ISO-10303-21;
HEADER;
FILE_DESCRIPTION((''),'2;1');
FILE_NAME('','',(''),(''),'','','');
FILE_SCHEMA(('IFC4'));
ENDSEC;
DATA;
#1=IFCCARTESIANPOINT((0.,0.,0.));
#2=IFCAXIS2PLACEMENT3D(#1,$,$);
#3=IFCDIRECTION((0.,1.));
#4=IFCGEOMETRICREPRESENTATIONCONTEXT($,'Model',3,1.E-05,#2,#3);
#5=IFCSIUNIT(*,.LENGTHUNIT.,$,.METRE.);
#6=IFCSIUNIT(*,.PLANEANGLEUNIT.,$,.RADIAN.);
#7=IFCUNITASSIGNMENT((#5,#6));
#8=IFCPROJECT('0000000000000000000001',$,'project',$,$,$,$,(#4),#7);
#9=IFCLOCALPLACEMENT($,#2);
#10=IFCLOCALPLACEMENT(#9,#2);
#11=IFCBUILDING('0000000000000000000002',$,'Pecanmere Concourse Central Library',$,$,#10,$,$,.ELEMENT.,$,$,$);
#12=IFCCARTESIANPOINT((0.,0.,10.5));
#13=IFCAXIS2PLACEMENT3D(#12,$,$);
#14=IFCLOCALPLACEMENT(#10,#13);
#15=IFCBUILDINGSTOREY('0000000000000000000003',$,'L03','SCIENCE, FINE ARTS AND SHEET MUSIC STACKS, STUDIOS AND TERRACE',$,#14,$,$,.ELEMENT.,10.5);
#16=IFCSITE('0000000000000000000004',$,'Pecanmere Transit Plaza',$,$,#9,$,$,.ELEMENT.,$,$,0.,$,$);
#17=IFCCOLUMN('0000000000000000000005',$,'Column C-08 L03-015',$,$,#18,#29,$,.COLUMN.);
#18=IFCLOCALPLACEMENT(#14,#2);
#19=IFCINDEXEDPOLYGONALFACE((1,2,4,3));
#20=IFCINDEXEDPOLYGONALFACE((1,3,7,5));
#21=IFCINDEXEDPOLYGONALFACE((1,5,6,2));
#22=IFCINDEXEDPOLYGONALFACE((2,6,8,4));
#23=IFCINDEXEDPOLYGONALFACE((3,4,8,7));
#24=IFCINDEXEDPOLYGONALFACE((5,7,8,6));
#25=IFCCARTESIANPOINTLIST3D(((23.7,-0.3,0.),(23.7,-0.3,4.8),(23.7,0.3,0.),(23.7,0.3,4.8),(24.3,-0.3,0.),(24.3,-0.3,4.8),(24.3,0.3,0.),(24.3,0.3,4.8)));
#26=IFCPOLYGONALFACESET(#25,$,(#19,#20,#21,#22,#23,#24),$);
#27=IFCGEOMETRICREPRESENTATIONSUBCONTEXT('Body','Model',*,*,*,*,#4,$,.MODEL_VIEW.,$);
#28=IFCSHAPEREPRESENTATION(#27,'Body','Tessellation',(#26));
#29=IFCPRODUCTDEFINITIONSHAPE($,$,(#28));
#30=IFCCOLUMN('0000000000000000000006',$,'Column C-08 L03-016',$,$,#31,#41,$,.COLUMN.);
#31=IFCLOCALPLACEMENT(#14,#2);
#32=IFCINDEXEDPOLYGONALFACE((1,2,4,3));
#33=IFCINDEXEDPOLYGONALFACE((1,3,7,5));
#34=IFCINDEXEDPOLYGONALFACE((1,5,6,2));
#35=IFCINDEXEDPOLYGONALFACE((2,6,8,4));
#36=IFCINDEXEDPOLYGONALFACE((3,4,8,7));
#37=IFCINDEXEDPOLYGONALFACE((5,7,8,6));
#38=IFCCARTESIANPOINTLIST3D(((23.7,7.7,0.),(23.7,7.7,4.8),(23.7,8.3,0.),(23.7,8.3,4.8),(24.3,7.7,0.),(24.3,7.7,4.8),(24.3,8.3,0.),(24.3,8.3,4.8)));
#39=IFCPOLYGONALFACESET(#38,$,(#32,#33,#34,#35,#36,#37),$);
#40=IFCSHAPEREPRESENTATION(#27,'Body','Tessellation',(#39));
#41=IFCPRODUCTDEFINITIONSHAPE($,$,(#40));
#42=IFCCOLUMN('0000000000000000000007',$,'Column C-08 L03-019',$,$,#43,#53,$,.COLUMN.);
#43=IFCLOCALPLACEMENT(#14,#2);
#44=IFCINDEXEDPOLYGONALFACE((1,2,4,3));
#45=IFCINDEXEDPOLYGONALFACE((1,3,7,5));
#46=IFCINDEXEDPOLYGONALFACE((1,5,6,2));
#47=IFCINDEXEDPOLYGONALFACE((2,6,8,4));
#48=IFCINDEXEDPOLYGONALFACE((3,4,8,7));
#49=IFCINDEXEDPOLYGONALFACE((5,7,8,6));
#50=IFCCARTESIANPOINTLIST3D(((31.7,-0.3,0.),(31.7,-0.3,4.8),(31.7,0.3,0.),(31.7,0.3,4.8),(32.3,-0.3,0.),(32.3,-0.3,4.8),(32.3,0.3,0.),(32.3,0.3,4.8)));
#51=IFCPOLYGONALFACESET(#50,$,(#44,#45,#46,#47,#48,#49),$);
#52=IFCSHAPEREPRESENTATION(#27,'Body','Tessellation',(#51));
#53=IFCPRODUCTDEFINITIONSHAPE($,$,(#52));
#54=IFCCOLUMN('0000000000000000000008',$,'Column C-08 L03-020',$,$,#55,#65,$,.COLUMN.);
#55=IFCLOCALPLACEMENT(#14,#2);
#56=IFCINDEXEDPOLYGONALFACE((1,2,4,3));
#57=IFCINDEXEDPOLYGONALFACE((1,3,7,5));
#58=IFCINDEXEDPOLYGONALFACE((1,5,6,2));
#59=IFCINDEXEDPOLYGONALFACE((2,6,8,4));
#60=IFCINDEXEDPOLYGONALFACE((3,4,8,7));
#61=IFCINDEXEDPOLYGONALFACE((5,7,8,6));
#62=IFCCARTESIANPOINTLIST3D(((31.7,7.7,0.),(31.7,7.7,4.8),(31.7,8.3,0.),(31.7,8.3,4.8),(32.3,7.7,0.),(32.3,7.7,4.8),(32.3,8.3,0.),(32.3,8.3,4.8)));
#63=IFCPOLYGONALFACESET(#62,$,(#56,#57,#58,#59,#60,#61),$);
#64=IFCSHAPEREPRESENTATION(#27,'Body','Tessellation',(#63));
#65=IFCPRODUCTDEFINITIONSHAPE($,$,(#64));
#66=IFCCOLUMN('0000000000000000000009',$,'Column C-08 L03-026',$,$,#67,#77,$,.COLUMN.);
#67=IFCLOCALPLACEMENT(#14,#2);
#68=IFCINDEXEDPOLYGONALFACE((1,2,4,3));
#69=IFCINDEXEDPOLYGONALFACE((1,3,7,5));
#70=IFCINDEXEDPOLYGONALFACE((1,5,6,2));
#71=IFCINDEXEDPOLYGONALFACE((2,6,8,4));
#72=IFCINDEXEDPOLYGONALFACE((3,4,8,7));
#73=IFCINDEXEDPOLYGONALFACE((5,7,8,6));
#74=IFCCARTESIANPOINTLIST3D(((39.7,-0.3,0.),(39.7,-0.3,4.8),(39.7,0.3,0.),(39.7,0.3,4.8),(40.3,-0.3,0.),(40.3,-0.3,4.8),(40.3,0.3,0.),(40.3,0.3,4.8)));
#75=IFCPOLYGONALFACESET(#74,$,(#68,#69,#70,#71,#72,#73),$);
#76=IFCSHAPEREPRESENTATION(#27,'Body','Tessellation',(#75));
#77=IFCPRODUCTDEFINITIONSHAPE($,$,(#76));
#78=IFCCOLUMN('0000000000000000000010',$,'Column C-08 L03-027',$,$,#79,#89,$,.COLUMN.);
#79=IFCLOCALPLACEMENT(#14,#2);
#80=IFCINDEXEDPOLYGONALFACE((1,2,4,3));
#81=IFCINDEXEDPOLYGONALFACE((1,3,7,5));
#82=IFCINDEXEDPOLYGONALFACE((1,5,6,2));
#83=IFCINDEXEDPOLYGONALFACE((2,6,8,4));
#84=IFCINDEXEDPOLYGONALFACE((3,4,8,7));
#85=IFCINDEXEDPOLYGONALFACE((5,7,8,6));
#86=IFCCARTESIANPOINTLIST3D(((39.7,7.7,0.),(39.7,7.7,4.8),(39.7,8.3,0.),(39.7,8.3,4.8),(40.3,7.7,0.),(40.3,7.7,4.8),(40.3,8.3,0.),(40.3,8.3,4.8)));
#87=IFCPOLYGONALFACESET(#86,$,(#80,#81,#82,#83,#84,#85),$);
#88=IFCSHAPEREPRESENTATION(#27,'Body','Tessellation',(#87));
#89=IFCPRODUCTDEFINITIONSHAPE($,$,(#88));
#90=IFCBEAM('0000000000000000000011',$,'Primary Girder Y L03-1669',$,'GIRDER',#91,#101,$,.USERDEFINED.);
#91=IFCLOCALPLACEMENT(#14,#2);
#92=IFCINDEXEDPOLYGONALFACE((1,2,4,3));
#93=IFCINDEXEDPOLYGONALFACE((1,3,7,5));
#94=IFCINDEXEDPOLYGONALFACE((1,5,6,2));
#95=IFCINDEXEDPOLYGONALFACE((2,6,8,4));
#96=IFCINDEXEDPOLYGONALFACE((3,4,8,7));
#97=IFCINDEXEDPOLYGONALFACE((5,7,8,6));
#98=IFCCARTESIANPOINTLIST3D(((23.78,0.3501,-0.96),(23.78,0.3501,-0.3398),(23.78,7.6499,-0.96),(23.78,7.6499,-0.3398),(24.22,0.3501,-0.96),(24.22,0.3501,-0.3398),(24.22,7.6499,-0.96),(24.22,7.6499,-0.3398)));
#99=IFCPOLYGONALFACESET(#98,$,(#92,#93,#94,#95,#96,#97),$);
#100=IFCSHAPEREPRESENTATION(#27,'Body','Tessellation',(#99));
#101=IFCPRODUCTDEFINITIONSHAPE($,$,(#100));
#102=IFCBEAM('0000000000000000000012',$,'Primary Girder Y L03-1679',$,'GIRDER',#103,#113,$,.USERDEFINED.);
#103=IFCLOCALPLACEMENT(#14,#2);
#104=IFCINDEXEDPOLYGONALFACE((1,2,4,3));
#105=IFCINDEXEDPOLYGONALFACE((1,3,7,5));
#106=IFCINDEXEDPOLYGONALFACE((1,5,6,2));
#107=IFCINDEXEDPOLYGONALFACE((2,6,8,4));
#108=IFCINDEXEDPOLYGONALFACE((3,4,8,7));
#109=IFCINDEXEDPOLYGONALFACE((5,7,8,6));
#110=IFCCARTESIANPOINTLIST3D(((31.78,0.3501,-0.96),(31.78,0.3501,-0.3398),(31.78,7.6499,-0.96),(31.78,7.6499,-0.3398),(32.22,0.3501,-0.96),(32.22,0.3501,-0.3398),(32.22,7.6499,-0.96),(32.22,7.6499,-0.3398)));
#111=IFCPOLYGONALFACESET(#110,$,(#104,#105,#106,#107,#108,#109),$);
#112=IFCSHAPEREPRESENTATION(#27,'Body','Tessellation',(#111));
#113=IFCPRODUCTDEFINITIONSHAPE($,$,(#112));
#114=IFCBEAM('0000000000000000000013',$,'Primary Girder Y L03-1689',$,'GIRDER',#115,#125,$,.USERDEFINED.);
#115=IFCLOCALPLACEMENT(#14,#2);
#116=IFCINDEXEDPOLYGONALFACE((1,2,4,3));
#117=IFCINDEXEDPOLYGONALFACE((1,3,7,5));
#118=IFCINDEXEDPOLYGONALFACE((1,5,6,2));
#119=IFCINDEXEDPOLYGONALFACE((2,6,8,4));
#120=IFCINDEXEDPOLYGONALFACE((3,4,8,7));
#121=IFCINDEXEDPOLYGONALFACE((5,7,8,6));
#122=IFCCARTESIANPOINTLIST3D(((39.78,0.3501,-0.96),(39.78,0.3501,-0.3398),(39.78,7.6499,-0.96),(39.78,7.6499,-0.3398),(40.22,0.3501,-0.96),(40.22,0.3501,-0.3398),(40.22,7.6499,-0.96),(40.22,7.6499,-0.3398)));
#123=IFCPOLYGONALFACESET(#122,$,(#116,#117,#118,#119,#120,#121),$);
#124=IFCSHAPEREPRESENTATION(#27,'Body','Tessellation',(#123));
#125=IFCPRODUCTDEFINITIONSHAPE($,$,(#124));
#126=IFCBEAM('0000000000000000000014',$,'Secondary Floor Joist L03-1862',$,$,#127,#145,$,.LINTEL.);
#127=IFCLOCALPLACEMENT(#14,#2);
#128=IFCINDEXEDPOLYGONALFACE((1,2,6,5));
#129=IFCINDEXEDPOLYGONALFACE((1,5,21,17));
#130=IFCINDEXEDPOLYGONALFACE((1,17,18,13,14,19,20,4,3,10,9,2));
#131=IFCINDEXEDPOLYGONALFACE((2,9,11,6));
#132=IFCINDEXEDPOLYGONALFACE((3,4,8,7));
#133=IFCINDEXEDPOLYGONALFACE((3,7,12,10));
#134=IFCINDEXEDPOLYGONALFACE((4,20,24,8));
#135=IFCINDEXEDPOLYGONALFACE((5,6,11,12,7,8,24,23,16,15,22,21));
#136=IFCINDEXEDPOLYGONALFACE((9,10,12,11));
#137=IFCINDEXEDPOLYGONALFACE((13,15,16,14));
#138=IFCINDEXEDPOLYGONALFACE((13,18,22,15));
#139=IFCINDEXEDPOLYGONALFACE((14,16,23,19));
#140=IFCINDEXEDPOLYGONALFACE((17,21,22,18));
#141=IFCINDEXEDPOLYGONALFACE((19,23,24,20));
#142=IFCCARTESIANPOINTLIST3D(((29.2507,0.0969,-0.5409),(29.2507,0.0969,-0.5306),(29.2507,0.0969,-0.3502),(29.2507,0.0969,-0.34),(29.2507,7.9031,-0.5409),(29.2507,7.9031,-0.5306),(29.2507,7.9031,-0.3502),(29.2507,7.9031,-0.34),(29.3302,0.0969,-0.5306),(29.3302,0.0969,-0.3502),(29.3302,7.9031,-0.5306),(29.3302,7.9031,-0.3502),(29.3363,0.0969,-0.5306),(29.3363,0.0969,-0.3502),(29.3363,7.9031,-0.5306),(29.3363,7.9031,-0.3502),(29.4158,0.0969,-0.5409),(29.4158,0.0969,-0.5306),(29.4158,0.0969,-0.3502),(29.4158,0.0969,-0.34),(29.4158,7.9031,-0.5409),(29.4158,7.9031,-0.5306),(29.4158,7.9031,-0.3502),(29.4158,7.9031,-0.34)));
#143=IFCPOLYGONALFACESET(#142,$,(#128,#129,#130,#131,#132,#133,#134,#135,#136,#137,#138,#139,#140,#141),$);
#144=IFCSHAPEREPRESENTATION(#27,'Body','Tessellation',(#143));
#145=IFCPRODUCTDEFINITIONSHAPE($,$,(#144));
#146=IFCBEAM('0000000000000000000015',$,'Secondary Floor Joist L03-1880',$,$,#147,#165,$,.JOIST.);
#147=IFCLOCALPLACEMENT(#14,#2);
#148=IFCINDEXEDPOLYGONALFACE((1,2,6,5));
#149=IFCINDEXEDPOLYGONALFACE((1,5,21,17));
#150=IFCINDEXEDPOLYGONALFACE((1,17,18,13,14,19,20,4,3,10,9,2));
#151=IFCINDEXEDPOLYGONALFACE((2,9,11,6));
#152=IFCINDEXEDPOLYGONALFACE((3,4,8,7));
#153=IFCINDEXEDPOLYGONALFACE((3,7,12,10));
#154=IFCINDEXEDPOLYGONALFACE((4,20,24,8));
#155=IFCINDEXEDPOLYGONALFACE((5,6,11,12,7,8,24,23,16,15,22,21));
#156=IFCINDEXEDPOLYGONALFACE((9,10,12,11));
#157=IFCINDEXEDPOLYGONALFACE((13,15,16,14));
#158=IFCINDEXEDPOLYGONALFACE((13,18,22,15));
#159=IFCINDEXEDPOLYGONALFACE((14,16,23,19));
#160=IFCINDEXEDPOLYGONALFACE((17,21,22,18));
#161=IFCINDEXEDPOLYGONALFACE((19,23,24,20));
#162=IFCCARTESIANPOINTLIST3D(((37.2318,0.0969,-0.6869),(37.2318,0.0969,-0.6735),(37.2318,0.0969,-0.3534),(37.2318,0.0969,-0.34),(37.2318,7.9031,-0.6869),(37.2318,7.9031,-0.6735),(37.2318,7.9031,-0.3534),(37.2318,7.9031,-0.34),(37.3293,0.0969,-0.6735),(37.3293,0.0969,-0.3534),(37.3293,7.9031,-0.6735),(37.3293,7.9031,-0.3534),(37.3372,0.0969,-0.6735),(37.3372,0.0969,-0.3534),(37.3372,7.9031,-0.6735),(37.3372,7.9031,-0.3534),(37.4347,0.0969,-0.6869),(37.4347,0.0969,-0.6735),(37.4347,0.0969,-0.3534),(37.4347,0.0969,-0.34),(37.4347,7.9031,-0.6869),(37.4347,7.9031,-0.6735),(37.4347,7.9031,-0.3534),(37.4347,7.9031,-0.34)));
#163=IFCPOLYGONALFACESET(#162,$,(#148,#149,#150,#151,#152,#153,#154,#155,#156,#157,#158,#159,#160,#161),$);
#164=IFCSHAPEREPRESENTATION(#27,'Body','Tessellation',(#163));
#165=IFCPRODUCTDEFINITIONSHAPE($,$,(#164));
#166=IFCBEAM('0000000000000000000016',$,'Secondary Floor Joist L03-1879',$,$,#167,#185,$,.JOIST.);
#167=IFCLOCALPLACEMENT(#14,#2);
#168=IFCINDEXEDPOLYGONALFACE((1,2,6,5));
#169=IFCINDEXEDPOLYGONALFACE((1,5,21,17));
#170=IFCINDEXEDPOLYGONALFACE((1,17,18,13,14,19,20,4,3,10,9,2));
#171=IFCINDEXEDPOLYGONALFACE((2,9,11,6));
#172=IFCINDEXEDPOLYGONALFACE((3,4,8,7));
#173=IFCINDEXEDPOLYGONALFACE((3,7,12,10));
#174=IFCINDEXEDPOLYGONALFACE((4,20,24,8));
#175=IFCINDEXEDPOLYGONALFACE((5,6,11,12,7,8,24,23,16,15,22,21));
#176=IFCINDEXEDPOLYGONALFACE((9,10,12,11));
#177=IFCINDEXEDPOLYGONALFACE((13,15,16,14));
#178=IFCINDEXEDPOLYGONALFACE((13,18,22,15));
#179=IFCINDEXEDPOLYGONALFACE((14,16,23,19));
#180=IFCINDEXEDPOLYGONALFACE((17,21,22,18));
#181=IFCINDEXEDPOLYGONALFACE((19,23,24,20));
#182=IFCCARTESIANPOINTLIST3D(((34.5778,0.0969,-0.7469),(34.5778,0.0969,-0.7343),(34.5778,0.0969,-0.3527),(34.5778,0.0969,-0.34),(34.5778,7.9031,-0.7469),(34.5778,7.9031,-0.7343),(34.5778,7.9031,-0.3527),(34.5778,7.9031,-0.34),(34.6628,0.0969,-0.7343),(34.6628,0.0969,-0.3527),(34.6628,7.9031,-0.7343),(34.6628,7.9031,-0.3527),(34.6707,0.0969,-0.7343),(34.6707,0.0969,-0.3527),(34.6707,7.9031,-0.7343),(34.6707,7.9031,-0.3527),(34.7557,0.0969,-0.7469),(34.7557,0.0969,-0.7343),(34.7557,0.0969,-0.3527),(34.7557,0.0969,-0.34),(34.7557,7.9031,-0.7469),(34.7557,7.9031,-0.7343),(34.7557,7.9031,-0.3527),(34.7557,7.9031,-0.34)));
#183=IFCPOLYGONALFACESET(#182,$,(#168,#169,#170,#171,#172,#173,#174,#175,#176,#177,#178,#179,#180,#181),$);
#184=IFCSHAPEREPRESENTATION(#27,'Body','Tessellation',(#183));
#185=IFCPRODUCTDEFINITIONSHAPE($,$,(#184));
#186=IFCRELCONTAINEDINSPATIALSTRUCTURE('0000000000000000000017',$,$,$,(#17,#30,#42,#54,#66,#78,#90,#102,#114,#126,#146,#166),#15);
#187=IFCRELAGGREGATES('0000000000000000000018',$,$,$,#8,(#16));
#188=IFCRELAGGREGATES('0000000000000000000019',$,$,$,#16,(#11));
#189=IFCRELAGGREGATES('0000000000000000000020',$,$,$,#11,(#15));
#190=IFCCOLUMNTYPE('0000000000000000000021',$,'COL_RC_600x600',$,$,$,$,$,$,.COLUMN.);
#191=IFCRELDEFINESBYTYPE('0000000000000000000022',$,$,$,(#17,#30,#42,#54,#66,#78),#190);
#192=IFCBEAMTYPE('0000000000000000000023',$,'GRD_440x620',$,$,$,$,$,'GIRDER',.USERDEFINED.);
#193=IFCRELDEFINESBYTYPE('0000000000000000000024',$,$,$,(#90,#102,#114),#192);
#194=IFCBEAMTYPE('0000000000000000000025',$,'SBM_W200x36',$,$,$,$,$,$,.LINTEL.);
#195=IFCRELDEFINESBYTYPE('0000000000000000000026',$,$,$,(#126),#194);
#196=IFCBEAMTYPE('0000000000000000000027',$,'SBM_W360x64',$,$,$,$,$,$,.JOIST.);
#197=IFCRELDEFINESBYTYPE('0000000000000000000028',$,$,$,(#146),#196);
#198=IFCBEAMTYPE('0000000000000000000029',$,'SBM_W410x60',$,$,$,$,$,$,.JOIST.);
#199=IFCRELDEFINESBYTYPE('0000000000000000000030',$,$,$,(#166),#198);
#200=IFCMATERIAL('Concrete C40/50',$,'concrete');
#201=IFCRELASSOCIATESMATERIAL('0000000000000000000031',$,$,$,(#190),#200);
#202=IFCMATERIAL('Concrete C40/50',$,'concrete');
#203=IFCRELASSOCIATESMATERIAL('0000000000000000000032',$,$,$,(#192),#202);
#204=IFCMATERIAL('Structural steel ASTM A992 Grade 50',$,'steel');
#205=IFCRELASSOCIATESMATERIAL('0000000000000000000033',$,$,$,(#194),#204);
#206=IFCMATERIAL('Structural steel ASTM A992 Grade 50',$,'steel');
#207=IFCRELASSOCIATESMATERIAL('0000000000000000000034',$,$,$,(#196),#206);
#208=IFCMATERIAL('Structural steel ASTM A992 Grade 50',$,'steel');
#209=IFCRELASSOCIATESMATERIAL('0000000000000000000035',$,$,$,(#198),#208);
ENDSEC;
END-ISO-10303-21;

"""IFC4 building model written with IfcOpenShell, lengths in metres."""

from ifc_helpers import new_model, si_unit, direction, frame, origin, origin_2d, place, context, subcontext, project, spatial, rectangle, i_section, extrude, material, material_profile, profile_set, type_object, element, save


model = new_model("IFC4")

# Units and contexts
model_context = context("Model", 3, precision=1e-05, world=origin(), true_north=direction((0.0, 1.0)))
body_context = subcontext(model_context, "Body", "Model", "MODEL_VIEW")
ifc_project = project(units=[si_unit("LENGTHUNIT", "METRE"), si_unit("PLANEANGLEUNIT", "RADIAN")], contexts=[model_context])

# Site, building, storey
site_placement = place(None, origin())
site = spatial("IfcSite", under=ifc_project, at=site_placement, Name="Pecanmere Transit Plaza", CompositionType="ELEMENT", RefElevation=0.0)
building_placement = place(site_placement, origin())
building = spatial("IfcBuilding", under=site, at=building_placement, Name="Pecanmere Concourse Central Library", CompositionType="ELEMENT")
storey_placement = place(building_placement, frame((0.0, 0.0, 10.5)))
storey = spatial("IfcBuildingStorey", under=building, at=storey_placement, Name="L03", Description="SCIENCE, FINE ARTS AND SHEET MUSIC STACKS, STUDIOS AND TERRACE", CompositionType="ELEMENT", Elevation=10.5)

# Columns
ifc_material_1 = material(Name="Concrete C40/50", Category="concrete")
ifc_material_profile_1 = material_profile(ifc_material_1, rectangle(XDim=0.6001, YDim=0.6001, at=origin_2d()), Name="RC 600x600")
ifc_profile_set_1 = profile_set([ifc_material_profile_1], Name="Concrete C40/50")
column_type = type_object("IfcColumnType", Name="COL_RC_600x600", PredefinedType="COLUMN", material=ifc_profile_set_1)
for number, where, z_axis, x_axis, name in (
    (1, (24.0, 0.0, 0.0), (0.0, 0.0, 1.0), (1.0, 0.0, 0.0), "Column C-08 L03-015"),
    (2, (24.0, 8.0, 0.0), (0.0, 0.0, 1.0), (1.0, 0.0, 0.0), "Column C-08 L03-016"),
    (3, (32.0, 0.0, 0.0), (0.0, 0.0, 1.0), (1.0, 0.0, 0.0), "Column C-08 L03-019"),
    (4, (32.0, 8.0, 0.0), (0.0, 0.0, 1.0), (1.0, 0.0, 0.0), "Column C-08 L03-020"),
    (5, (40.0, 0.0, 0.0), (0.0, 0.0, 1.0), (1.0, 0.0, 0.0), "Column C-08 L03-026"),
    (6, (40.0, 8.0, 0.0), (0.0, 0.0, 1.0), (1.0, 0.0, 0.0), "Column C-08 L03-027"),
):
    element("IfcColumn", number, at=place(storey_placement, frame(where, z_axis=z_axis, x_axis=x_axis)), inside=storey, type_object=column_type, Name=name, PredefinedType="COLUMN", context=body_context, shape_type="SweptSolid", body=[
        extrude(rectangle(XDim=0.6001, YDim=0.6001, at=origin_2d()), origin(), (0.0, 0.0, 1.0), 4.8),
    ])

# Beams
ifc_material_2 = material(Name="Concrete C40/50", Category="concrete")
ifc_material_profile_2 = material_profile(ifc_material_2, rectangle(XDim=0.4399, YDim=0.6201, at=origin_2d()), Name="RC 440x620")
ifc_profile_set_2 = profile_set([ifc_material_profile_2], Name="Concrete C40/50")
beam_type_1 = type_object("IfcBeamType", Name="GRD_440x620", ElementType="GIRDER", PredefinedType="USERDEFINED", material=ifc_profile_set_2)
for number, where, z_axis, x_axis, name in (
    (7, (24.0, 0.3501, -0.6499), (0.0, 1.0, 0.0), (-1.0, 0.0, 0.0), "Primary Girder Y L03-1669"),
    (8, (32.0, 0.3501, -0.6499), (0.0, 1.0, 0.0), (-1.0, 0.0, 0.0), "Primary Girder Y L03-1679"),
    (9, (40.0, 0.3501, -0.6499), (0.0, 1.0, 0.0), (-1.0, 0.0, 0.0), "Primary Girder Y L03-1689"),
):
    element("IfcBeam", number, at=place(storey_placement, frame(where, z_axis=z_axis, x_axis=x_axis)), inside=storey, type_object=beam_type_1, Name=name, ObjectType="GIRDER", PredefinedType="USERDEFINED", context=body_context, shape_type="SweptSolid", body=[
        extrude(rectangle(XDim=0.4399, YDim=0.6201, at=origin_2d()), origin(), (0.0, 0.0, 1.0), 7.2998),
    ])
ifc_material_3 = material(Name="Structural steel ASTM A992 Grade 50", Category="steel")
ifc_material_profile_3 = material_profile(ifc_material_3, i_section(OverallWidth=0.165, OverallDepth=0.2009, WebThickness=0.0061, FlangeThickness=0.0103, at=origin_2d()), Name="W200x35.9")
ifc_profile_set_3 = profile_set([ifc_material_profile_3], Name="Structural steel ASTM A992 Grade 50")
beam_type_2 = type_object("IfcBeamType", Name="SBM_W200x36", PredefinedType="LINTEL", material=ifc_profile_set_3)
beam_1_placement = place(storey_placement, frame((29.3333, 0.0969, -0.4404), z_axis=(0.0, 1.0, 0.0), x_axis=(-1.0, 0.0, 0.0)))
element("IfcBeam", 10, at=beam_1_placement, inside=storey, type_object=beam_type_2, Name="Secondary Floor Joist L03-1862", PredefinedType="LINTEL", context=body_context, shape_type="SweptSolid", body=[
    extrude(i_section(OverallWidth=0.165, OverallDepth=0.2009, WebThickness=0.0061, FlangeThickness=0.0103, at=origin_2d()), origin(), (0.0, 0.0, 1.0), 7.8062),
])
ifc_material_4 = material(Name="Structural steel ASTM A992 Grade 50", Category="steel")
ifc_material_profile_4 = material_profile(ifc_material_4, i_section(OverallWidth=0.2029, OverallDepth=0.3469, WebThickness=0.0078, FlangeThickness=0.0134, at=origin_2d()), Name="W360x64")
ifc_profile_set_4 = profile_set([ifc_material_profile_4], Name="Structural steel ASTM A992 Grade 50")
beam_type_3 = type_object("IfcBeamType", Name="SBM_W360x64", PredefinedType="JOIST", material=ifc_profile_set_4)
beam_2_placement = place(storey_placement, frame((37.3333, 0.0969, -0.5134), z_axis=(0.0, 1.0, 0.0), x_axis=(-1.0, 0.0, 0.0)))
element("IfcBeam", 11, at=beam_2_placement, inside=storey, type_object=beam_type_3, Name="Secondary Floor Joist L03-1880", PredefinedType="JOIST", context=body_context, shape_type="SweptSolid", body=[
    extrude(i_section(OverallWidth=0.2029, OverallDepth=0.3469, WebThickness=0.0078, FlangeThickness=0.0134, at=origin_2d()), origin(), (0.0, 0.0, 1.0), 7.8062),
])
ifc_material_5 = material(Name="Structural steel ASTM A992 Grade 50", Category="steel")
ifc_material_profile_5 = material_profile(ifc_material_5, i_section(OverallWidth=0.178, OverallDepth=0.407, WebThickness=0.0078, FlangeThickness=0.0127, at=origin_2d()), Name="W410x60")
ifc_profile_set_5 = profile_set([ifc_material_profile_5], Name="Structural steel ASTM A992 Grade 50")
beam_type_4 = type_object("IfcBeamType", Name="SBM_W410x60", PredefinedType="JOIST", material=ifc_profile_set_5)
beam_3_placement = place(storey_placement, frame((34.6667, 0.0969, -0.5435), z_axis=(0.0, 1.0, 0.0), x_axis=(-1.0, 0.0, 0.0)))
element("IfcBeam", 12, at=beam_3_placement, inside=storey, type_object=beam_type_4, Name="Secondary Floor Joist L03-1879", PredefinedType="JOIST", context=body_context, shape_type="SweptSolid", body=[
    extrude(i_section(OverallWidth=0.178, OverallDepth=0.407, WebThickness=0.0078, FlangeThickness=0.0127, at=origin_2d()), origin(), (0.0, 0.0, 1.0), 7.8062),
])

save(model, "model.ifc")
